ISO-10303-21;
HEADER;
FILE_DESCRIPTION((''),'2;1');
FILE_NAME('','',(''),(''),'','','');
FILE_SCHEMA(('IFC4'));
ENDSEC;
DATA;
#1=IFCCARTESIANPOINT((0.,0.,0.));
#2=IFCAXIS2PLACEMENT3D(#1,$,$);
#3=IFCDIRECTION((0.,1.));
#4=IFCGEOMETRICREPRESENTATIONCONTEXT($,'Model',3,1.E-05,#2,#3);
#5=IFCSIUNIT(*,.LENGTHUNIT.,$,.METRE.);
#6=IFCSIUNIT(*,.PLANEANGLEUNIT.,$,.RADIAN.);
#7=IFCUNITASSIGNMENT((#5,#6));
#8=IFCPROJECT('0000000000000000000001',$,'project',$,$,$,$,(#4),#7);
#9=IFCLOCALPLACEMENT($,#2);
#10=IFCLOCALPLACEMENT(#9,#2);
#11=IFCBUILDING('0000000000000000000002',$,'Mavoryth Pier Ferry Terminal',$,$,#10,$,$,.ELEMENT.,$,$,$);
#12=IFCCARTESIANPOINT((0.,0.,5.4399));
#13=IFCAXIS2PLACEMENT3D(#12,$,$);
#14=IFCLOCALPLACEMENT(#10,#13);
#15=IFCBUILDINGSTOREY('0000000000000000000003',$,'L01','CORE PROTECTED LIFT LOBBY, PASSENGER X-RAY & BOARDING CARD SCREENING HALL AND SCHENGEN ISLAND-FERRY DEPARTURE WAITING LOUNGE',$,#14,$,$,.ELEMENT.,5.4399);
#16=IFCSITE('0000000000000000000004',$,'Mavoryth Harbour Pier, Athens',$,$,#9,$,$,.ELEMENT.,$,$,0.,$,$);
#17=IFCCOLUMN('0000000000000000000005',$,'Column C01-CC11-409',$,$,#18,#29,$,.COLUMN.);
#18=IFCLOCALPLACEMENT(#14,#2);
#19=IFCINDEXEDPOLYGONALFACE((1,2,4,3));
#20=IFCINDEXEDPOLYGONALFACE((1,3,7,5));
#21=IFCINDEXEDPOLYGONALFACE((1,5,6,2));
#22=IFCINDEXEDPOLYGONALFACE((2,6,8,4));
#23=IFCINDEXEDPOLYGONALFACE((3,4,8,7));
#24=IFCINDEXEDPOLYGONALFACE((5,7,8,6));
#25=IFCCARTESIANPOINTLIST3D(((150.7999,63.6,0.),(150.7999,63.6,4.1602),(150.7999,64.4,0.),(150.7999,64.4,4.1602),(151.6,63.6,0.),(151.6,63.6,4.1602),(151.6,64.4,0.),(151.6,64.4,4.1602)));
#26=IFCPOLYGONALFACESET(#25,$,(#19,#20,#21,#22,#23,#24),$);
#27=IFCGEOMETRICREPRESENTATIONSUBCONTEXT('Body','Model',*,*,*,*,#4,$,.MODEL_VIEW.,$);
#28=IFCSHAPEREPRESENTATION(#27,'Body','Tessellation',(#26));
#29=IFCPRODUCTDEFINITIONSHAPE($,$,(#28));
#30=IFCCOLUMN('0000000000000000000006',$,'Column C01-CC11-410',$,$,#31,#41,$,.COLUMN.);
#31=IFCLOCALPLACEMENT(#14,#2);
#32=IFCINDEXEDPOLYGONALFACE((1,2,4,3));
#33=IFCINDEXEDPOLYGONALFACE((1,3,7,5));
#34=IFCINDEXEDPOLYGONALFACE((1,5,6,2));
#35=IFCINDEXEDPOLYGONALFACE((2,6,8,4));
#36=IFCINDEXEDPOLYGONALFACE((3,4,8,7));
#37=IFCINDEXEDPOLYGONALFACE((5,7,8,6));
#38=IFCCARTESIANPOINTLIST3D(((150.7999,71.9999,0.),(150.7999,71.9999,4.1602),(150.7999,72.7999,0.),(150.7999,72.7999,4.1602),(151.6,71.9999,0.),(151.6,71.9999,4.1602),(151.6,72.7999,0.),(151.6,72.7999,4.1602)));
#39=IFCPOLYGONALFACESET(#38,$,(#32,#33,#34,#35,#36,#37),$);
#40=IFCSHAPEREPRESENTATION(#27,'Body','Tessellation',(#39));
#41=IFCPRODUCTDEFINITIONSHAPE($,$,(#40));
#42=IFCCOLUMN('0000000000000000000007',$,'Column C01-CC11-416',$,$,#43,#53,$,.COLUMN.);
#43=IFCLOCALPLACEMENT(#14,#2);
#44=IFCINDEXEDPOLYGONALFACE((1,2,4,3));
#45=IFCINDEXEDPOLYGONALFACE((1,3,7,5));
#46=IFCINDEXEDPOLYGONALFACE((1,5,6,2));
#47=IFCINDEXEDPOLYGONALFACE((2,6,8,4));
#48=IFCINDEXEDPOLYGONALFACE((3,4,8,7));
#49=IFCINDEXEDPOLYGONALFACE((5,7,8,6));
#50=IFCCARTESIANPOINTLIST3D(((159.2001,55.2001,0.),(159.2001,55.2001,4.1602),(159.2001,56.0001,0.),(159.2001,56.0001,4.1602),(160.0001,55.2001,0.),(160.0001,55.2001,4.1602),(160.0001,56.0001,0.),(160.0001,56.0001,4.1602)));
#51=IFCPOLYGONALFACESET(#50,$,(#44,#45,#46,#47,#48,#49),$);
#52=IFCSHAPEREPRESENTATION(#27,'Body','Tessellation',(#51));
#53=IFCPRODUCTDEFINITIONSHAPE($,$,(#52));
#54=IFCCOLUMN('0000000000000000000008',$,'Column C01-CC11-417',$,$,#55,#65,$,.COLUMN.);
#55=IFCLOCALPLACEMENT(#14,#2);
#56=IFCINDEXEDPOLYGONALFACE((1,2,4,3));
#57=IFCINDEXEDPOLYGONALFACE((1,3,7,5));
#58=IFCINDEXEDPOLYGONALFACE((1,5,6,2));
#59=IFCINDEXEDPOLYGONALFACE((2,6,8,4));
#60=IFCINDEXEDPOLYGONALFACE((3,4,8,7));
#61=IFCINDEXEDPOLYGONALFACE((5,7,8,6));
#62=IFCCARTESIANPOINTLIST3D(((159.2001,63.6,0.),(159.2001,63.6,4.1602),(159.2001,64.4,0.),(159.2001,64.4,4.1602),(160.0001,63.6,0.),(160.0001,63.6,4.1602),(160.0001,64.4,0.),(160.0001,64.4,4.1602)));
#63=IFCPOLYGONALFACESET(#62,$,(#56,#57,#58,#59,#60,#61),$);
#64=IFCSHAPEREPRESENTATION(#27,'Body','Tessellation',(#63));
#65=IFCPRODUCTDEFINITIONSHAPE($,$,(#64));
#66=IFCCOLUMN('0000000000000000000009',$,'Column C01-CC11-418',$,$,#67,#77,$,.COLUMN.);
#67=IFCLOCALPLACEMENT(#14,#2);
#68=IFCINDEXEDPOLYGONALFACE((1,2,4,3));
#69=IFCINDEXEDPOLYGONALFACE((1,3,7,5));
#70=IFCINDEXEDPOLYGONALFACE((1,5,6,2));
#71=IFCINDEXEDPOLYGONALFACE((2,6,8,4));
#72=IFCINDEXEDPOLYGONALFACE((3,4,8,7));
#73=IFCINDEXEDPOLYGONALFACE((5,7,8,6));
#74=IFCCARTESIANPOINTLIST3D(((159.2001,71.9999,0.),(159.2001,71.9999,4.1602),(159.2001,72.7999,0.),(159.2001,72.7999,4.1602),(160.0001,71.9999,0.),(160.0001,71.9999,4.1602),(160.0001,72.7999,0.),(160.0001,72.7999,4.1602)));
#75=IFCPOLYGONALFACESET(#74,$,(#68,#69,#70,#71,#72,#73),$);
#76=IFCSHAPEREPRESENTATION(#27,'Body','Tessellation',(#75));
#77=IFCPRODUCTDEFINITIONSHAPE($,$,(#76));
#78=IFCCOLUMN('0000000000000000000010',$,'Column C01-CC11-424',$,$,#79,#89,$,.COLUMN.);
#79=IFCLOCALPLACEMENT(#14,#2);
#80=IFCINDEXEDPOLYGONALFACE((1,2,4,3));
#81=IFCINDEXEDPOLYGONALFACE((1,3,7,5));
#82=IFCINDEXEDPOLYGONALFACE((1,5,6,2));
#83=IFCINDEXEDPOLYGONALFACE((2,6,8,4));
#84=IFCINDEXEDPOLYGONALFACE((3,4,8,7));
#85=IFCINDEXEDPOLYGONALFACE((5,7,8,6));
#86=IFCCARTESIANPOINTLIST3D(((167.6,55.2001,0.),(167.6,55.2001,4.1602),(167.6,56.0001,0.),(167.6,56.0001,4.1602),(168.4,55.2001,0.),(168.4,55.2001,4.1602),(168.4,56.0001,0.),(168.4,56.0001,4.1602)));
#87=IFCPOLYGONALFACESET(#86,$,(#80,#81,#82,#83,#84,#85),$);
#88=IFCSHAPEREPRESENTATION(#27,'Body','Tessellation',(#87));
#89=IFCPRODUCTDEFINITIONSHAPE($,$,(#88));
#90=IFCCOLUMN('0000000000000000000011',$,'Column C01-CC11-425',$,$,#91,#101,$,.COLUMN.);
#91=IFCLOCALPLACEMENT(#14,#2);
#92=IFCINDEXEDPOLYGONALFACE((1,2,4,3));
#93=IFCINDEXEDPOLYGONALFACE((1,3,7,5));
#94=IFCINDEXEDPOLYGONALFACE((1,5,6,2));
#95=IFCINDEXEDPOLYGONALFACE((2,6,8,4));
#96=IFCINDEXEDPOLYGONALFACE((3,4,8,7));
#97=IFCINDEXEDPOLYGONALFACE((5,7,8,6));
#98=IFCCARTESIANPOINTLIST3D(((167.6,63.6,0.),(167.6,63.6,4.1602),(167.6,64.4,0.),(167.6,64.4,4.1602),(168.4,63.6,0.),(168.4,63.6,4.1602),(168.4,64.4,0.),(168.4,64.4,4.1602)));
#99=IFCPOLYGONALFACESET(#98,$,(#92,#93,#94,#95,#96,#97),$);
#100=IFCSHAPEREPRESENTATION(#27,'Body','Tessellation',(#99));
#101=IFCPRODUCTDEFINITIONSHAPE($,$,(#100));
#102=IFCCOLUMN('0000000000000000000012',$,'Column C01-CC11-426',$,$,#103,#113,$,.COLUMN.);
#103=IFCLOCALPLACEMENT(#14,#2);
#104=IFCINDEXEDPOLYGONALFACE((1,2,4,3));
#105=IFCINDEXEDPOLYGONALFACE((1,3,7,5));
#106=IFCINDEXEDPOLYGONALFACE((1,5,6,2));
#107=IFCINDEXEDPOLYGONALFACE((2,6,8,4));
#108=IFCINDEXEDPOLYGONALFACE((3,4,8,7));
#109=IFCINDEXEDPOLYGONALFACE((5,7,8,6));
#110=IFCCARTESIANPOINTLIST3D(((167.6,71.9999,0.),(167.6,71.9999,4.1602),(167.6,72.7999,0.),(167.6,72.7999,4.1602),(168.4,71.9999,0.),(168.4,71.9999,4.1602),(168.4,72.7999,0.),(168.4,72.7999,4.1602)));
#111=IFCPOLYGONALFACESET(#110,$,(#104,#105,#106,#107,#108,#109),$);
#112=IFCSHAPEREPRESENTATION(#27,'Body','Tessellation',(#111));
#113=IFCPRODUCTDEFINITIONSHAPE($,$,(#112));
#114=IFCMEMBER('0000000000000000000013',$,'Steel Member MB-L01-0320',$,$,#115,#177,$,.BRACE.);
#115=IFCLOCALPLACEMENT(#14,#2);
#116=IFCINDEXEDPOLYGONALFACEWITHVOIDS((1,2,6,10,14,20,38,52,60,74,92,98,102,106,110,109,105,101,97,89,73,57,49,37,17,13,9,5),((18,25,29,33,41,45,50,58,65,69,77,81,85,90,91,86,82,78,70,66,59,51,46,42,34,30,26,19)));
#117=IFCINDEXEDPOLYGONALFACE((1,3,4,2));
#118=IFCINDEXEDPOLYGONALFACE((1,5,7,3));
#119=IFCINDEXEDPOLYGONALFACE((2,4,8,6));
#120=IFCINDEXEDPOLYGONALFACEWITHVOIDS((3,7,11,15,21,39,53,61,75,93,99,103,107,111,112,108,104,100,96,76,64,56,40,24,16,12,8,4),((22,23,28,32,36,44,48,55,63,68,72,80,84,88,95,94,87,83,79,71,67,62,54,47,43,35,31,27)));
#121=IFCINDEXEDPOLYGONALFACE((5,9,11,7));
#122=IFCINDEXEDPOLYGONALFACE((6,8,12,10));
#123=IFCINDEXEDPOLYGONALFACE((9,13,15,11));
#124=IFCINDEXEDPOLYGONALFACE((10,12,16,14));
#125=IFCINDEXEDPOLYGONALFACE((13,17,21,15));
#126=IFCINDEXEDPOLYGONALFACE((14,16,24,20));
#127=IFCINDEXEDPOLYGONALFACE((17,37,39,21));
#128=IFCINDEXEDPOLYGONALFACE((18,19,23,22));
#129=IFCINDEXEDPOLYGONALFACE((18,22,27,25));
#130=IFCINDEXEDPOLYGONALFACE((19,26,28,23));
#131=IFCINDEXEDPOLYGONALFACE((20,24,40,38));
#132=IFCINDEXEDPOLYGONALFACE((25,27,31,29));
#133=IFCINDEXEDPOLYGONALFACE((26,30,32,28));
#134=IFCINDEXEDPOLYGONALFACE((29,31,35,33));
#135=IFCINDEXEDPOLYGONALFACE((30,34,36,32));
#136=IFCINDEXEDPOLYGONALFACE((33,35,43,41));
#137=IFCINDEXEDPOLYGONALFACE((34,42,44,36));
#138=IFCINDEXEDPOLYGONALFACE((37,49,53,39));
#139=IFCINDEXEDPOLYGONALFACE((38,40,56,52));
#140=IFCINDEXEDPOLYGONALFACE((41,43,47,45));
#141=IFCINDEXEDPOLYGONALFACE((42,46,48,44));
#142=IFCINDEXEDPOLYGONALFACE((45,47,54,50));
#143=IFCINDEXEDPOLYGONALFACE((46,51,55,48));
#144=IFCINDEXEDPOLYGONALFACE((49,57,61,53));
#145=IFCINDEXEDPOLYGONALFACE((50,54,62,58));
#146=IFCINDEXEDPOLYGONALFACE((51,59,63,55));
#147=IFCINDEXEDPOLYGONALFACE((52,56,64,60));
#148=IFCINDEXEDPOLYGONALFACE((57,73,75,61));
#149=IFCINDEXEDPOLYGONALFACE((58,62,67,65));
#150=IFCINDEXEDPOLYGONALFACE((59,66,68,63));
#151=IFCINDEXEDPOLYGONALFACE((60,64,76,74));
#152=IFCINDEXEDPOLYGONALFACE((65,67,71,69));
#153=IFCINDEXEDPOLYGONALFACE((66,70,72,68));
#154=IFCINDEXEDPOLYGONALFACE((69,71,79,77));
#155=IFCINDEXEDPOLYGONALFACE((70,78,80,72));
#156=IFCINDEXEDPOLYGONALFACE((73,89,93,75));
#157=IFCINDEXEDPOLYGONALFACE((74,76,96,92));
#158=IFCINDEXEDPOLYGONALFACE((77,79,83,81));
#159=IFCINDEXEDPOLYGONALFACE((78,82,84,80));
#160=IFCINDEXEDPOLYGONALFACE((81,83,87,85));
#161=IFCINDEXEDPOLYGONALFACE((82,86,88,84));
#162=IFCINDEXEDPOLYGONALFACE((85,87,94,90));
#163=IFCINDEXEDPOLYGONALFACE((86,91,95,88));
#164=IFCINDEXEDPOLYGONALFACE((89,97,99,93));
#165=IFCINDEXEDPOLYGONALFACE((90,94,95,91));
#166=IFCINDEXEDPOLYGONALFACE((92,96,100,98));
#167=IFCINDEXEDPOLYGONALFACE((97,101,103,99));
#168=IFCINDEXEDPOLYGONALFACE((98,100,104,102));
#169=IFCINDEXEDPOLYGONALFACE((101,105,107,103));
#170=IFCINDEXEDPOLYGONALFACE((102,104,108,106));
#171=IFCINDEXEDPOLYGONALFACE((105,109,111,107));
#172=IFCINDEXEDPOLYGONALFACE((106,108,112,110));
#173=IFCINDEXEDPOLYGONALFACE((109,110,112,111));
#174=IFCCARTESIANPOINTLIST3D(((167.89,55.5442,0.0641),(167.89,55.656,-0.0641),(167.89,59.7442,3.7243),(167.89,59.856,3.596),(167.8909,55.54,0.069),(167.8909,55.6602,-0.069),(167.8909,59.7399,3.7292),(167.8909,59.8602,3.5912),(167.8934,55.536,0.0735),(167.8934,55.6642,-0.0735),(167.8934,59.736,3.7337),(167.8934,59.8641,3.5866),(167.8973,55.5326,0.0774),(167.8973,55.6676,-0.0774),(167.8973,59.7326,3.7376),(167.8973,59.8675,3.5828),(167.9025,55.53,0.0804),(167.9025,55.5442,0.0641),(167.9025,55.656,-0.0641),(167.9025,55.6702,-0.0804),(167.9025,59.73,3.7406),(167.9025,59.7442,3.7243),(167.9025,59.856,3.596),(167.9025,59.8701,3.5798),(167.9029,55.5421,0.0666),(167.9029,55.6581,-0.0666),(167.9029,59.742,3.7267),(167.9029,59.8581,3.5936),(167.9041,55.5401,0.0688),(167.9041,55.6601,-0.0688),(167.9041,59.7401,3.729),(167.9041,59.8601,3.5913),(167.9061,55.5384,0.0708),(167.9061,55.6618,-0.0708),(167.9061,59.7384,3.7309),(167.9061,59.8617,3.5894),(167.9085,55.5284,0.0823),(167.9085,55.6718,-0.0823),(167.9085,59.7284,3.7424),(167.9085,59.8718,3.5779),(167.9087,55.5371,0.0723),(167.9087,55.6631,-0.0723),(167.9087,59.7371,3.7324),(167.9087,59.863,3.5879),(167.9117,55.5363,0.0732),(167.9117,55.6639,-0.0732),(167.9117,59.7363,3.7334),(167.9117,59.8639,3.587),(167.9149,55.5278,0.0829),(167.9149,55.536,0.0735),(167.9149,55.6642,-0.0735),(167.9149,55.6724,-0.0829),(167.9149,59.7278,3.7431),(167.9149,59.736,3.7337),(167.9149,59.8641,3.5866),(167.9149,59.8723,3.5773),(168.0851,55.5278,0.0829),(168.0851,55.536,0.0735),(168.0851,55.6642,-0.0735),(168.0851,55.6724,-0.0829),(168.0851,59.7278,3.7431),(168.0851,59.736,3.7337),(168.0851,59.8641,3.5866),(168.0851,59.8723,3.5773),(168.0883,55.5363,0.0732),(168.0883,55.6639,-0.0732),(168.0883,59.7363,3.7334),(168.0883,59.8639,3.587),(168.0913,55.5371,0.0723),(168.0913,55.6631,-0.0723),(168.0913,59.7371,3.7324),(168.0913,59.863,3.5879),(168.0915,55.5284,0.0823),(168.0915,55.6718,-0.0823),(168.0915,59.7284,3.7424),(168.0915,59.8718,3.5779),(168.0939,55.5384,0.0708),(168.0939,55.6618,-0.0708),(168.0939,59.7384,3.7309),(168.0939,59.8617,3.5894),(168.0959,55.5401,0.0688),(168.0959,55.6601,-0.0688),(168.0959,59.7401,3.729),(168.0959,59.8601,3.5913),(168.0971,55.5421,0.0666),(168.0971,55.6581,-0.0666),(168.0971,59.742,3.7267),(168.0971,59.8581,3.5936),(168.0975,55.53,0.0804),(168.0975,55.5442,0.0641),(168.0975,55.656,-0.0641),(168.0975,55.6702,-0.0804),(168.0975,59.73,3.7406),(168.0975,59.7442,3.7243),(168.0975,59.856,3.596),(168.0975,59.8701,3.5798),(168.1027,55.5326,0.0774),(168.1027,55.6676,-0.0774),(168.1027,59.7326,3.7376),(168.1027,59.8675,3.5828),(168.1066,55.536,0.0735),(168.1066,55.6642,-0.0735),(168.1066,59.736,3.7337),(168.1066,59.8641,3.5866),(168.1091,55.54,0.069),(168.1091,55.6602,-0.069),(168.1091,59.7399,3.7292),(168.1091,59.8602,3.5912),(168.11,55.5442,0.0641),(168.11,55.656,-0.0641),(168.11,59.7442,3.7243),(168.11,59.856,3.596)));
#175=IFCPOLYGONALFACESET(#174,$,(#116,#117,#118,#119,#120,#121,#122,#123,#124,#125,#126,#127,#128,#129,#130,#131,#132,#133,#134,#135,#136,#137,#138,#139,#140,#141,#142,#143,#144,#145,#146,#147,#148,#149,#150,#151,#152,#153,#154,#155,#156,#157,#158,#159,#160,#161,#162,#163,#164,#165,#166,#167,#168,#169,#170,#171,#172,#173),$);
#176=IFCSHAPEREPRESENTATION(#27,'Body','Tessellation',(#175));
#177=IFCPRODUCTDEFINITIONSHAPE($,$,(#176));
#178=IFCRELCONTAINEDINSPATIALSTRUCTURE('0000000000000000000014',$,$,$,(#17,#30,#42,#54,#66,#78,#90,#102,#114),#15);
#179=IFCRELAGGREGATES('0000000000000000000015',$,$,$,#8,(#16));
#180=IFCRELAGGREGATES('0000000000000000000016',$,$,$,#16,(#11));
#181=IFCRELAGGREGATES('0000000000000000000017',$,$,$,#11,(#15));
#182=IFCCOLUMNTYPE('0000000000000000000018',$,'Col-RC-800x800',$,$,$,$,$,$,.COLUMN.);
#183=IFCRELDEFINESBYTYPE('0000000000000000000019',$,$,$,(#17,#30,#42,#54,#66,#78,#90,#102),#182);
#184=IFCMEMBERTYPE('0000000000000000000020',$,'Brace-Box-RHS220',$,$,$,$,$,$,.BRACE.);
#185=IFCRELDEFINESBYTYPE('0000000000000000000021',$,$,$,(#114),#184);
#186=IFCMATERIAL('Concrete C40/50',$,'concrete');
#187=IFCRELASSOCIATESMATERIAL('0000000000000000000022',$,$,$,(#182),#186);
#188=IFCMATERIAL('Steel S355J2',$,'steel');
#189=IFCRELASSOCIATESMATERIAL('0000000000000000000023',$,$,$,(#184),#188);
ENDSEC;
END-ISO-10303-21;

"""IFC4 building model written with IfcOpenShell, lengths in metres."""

from ifc_helpers import new_model, si_unit, direction, frame, origin, origin_2d, place, context, subcontext, project, spatial, rectangle, hollow_rectangle, extrude, material, material_profile, profile_set, type_object, element, save


model = new_model("IFC4")

# Units and contexts
model_context = context("Model", 3, precision=1e-05, world=origin(), true_north=direction((0.0, 1.0)))
body_context = subcontext(model_context, "Body", "Model", "MODEL_VIEW")
ifc_project = project(units=[si_unit("LENGTHUNIT", "METRE"), si_unit("PLANEANGLEUNIT", "RADIAN")], contexts=[model_context])

# Site, building, storey
site_placement = place(None, origin())
site = spatial("IfcSite", under=ifc_project, at=site_placement, Name="Mavoryth Harbour Pier, Athens", CompositionType="ELEMENT", RefElevation=0.0)
building_placement = place(site_placement, origin())
building = spatial("IfcBuilding", under=site, at=building_placement, Name="Mavoryth Pier Ferry Terminal", CompositionType="ELEMENT")
storey_placement = place(building_placement, frame((0.0, 0.0, 5.4399)))
storey = spatial("IfcBuildingStorey", under=building, at=storey_placement, Name="L01", Description="CORE PROTECTED LIFT LOBBY, PASSENGER X-RAY & BOARDING CARD SCREENING HALL AND SCHENGEN ISLAND-FERRY DEPARTURE WAITING LOUNGE", CompositionType="ELEMENT", Elevation=5.4399)

# Columns
ifc_material_1 = material(Name="Concrete C40/50", Category="concrete")
ifc_material_profile_1 = material_profile(ifc_material_1, rectangle(XDim=0.8, YDim=0.8, at=origin_2d()), Name="RC 800x800", Category="concrete")
ifc_profile_set_1 = profile_set([ifc_material_profile_1], Name="Concrete C40/50 - RC 800x800")
column_type = type_object("IfcColumnType", Name="Col-RC-800x800", PredefinedType="COLUMN", material=ifc_profile_set_1)
for number, where, z_axis, x_axis, name in (
    (1, (151.2, 64.0, 0.0), (0.0, 0.0, 1.0), (1.0, 0.0, 0.0), "Column C01-CC11-409"),
    (2, (151.2, 72.3999, 0.0), (0.0, 0.0, 1.0), (1.0, 0.0, 0.0), "Column C01-CC11-410"),
    (3, (159.6001, 55.6001, 0.0), (0.0, 0.0, 1.0), (1.0, 0.0, 0.0), "Column C01-CC11-416"),
    (4, (159.6001, 64.0, 0.0), (0.0, 0.0, 1.0), (1.0, 0.0, 0.0), "Column C01-CC11-417"),
    (5, (159.6001, 72.3999, 0.0), (0.0, 0.0, 1.0), (1.0, 0.0, 0.0), "Column C01-CC11-418"),
    (6, (168.0, 55.6001, 0.0), (0.0, 0.0, 1.0), (1.0, 0.0, 0.0), "Column C01-CC11-424"),
    (7, (168.0, 64.0, 0.0), (0.0, 0.0, 1.0), (1.0, 0.0, 0.0), "Column C01-CC11-425"),
    (8, (168.0, 72.3999, 0.0), (0.0, 0.0, 1.0), (1.0, 0.0, 0.0), "Column C01-CC11-426"),
):
    element("IfcColumn", number, at=place(storey_placement, frame(where, z_axis=z_axis, x_axis=x_axis)), inside=storey, type_object=column_type, Name=name, PredefinedType="COLUMN", context=body_context, shape_type="SweptSolid", body=[
        extrude(rectangle(XDim=0.8, YDim=0.8, at=origin_2d()), origin(), (0.0, 0.0, 1.0), 4.1602),
    ])

# Member
ifc_material_2 = material(Name="Steel S355J2", Category="steel")
ifc_material_profile_2 = material_profile(ifc_material_2, hollow_rectangle(XDim=0.22, YDim=0.22, WallThickness=0.0125, InnerFilletRadius=0.0125, OuterFilletRadius=0.0249, at=origin_2d()), Name="RHS 220x220x12.5", Category="steel")
ifc_profile_set_2 = profile_set([ifc_material_profile_2], Name="Steel S355J2 - RHS 220x220x12.5")
member_type = type_object("IfcMemberType", Name="Brace-Box-RHS220", PredefinedType="BRACE", material=ifc_profile_set_2)
for number, where, z_axis, x_axis, name in (
    (9, (168.0, 55.6001, 0.0), (0.0, 0.753892, 0.656999), (-1.0, 0.0, 0.0), "Steel Member MB-L01-0320"),
):
    element("IfcMember", number, at=place(storey_placement, frame(where, z_axis=z_axis, x_axis=x_axis)), inside=storey, type_object=member_type, Name=name, PredefinedType="BRACE", context=body_context, shape_type="SweptSolid", body=[
        extrude(hollow_rectangle(XDim=0.22, YDim=0.22, WallThickness=0.0125, InnerFilletRadius=0.0125, OuterFilletRadius=0.0249, at=origin_2d()), origin(), (0.0, 0.0, 1.0), 5.571),
    ])

save(model, "model.ifc")
